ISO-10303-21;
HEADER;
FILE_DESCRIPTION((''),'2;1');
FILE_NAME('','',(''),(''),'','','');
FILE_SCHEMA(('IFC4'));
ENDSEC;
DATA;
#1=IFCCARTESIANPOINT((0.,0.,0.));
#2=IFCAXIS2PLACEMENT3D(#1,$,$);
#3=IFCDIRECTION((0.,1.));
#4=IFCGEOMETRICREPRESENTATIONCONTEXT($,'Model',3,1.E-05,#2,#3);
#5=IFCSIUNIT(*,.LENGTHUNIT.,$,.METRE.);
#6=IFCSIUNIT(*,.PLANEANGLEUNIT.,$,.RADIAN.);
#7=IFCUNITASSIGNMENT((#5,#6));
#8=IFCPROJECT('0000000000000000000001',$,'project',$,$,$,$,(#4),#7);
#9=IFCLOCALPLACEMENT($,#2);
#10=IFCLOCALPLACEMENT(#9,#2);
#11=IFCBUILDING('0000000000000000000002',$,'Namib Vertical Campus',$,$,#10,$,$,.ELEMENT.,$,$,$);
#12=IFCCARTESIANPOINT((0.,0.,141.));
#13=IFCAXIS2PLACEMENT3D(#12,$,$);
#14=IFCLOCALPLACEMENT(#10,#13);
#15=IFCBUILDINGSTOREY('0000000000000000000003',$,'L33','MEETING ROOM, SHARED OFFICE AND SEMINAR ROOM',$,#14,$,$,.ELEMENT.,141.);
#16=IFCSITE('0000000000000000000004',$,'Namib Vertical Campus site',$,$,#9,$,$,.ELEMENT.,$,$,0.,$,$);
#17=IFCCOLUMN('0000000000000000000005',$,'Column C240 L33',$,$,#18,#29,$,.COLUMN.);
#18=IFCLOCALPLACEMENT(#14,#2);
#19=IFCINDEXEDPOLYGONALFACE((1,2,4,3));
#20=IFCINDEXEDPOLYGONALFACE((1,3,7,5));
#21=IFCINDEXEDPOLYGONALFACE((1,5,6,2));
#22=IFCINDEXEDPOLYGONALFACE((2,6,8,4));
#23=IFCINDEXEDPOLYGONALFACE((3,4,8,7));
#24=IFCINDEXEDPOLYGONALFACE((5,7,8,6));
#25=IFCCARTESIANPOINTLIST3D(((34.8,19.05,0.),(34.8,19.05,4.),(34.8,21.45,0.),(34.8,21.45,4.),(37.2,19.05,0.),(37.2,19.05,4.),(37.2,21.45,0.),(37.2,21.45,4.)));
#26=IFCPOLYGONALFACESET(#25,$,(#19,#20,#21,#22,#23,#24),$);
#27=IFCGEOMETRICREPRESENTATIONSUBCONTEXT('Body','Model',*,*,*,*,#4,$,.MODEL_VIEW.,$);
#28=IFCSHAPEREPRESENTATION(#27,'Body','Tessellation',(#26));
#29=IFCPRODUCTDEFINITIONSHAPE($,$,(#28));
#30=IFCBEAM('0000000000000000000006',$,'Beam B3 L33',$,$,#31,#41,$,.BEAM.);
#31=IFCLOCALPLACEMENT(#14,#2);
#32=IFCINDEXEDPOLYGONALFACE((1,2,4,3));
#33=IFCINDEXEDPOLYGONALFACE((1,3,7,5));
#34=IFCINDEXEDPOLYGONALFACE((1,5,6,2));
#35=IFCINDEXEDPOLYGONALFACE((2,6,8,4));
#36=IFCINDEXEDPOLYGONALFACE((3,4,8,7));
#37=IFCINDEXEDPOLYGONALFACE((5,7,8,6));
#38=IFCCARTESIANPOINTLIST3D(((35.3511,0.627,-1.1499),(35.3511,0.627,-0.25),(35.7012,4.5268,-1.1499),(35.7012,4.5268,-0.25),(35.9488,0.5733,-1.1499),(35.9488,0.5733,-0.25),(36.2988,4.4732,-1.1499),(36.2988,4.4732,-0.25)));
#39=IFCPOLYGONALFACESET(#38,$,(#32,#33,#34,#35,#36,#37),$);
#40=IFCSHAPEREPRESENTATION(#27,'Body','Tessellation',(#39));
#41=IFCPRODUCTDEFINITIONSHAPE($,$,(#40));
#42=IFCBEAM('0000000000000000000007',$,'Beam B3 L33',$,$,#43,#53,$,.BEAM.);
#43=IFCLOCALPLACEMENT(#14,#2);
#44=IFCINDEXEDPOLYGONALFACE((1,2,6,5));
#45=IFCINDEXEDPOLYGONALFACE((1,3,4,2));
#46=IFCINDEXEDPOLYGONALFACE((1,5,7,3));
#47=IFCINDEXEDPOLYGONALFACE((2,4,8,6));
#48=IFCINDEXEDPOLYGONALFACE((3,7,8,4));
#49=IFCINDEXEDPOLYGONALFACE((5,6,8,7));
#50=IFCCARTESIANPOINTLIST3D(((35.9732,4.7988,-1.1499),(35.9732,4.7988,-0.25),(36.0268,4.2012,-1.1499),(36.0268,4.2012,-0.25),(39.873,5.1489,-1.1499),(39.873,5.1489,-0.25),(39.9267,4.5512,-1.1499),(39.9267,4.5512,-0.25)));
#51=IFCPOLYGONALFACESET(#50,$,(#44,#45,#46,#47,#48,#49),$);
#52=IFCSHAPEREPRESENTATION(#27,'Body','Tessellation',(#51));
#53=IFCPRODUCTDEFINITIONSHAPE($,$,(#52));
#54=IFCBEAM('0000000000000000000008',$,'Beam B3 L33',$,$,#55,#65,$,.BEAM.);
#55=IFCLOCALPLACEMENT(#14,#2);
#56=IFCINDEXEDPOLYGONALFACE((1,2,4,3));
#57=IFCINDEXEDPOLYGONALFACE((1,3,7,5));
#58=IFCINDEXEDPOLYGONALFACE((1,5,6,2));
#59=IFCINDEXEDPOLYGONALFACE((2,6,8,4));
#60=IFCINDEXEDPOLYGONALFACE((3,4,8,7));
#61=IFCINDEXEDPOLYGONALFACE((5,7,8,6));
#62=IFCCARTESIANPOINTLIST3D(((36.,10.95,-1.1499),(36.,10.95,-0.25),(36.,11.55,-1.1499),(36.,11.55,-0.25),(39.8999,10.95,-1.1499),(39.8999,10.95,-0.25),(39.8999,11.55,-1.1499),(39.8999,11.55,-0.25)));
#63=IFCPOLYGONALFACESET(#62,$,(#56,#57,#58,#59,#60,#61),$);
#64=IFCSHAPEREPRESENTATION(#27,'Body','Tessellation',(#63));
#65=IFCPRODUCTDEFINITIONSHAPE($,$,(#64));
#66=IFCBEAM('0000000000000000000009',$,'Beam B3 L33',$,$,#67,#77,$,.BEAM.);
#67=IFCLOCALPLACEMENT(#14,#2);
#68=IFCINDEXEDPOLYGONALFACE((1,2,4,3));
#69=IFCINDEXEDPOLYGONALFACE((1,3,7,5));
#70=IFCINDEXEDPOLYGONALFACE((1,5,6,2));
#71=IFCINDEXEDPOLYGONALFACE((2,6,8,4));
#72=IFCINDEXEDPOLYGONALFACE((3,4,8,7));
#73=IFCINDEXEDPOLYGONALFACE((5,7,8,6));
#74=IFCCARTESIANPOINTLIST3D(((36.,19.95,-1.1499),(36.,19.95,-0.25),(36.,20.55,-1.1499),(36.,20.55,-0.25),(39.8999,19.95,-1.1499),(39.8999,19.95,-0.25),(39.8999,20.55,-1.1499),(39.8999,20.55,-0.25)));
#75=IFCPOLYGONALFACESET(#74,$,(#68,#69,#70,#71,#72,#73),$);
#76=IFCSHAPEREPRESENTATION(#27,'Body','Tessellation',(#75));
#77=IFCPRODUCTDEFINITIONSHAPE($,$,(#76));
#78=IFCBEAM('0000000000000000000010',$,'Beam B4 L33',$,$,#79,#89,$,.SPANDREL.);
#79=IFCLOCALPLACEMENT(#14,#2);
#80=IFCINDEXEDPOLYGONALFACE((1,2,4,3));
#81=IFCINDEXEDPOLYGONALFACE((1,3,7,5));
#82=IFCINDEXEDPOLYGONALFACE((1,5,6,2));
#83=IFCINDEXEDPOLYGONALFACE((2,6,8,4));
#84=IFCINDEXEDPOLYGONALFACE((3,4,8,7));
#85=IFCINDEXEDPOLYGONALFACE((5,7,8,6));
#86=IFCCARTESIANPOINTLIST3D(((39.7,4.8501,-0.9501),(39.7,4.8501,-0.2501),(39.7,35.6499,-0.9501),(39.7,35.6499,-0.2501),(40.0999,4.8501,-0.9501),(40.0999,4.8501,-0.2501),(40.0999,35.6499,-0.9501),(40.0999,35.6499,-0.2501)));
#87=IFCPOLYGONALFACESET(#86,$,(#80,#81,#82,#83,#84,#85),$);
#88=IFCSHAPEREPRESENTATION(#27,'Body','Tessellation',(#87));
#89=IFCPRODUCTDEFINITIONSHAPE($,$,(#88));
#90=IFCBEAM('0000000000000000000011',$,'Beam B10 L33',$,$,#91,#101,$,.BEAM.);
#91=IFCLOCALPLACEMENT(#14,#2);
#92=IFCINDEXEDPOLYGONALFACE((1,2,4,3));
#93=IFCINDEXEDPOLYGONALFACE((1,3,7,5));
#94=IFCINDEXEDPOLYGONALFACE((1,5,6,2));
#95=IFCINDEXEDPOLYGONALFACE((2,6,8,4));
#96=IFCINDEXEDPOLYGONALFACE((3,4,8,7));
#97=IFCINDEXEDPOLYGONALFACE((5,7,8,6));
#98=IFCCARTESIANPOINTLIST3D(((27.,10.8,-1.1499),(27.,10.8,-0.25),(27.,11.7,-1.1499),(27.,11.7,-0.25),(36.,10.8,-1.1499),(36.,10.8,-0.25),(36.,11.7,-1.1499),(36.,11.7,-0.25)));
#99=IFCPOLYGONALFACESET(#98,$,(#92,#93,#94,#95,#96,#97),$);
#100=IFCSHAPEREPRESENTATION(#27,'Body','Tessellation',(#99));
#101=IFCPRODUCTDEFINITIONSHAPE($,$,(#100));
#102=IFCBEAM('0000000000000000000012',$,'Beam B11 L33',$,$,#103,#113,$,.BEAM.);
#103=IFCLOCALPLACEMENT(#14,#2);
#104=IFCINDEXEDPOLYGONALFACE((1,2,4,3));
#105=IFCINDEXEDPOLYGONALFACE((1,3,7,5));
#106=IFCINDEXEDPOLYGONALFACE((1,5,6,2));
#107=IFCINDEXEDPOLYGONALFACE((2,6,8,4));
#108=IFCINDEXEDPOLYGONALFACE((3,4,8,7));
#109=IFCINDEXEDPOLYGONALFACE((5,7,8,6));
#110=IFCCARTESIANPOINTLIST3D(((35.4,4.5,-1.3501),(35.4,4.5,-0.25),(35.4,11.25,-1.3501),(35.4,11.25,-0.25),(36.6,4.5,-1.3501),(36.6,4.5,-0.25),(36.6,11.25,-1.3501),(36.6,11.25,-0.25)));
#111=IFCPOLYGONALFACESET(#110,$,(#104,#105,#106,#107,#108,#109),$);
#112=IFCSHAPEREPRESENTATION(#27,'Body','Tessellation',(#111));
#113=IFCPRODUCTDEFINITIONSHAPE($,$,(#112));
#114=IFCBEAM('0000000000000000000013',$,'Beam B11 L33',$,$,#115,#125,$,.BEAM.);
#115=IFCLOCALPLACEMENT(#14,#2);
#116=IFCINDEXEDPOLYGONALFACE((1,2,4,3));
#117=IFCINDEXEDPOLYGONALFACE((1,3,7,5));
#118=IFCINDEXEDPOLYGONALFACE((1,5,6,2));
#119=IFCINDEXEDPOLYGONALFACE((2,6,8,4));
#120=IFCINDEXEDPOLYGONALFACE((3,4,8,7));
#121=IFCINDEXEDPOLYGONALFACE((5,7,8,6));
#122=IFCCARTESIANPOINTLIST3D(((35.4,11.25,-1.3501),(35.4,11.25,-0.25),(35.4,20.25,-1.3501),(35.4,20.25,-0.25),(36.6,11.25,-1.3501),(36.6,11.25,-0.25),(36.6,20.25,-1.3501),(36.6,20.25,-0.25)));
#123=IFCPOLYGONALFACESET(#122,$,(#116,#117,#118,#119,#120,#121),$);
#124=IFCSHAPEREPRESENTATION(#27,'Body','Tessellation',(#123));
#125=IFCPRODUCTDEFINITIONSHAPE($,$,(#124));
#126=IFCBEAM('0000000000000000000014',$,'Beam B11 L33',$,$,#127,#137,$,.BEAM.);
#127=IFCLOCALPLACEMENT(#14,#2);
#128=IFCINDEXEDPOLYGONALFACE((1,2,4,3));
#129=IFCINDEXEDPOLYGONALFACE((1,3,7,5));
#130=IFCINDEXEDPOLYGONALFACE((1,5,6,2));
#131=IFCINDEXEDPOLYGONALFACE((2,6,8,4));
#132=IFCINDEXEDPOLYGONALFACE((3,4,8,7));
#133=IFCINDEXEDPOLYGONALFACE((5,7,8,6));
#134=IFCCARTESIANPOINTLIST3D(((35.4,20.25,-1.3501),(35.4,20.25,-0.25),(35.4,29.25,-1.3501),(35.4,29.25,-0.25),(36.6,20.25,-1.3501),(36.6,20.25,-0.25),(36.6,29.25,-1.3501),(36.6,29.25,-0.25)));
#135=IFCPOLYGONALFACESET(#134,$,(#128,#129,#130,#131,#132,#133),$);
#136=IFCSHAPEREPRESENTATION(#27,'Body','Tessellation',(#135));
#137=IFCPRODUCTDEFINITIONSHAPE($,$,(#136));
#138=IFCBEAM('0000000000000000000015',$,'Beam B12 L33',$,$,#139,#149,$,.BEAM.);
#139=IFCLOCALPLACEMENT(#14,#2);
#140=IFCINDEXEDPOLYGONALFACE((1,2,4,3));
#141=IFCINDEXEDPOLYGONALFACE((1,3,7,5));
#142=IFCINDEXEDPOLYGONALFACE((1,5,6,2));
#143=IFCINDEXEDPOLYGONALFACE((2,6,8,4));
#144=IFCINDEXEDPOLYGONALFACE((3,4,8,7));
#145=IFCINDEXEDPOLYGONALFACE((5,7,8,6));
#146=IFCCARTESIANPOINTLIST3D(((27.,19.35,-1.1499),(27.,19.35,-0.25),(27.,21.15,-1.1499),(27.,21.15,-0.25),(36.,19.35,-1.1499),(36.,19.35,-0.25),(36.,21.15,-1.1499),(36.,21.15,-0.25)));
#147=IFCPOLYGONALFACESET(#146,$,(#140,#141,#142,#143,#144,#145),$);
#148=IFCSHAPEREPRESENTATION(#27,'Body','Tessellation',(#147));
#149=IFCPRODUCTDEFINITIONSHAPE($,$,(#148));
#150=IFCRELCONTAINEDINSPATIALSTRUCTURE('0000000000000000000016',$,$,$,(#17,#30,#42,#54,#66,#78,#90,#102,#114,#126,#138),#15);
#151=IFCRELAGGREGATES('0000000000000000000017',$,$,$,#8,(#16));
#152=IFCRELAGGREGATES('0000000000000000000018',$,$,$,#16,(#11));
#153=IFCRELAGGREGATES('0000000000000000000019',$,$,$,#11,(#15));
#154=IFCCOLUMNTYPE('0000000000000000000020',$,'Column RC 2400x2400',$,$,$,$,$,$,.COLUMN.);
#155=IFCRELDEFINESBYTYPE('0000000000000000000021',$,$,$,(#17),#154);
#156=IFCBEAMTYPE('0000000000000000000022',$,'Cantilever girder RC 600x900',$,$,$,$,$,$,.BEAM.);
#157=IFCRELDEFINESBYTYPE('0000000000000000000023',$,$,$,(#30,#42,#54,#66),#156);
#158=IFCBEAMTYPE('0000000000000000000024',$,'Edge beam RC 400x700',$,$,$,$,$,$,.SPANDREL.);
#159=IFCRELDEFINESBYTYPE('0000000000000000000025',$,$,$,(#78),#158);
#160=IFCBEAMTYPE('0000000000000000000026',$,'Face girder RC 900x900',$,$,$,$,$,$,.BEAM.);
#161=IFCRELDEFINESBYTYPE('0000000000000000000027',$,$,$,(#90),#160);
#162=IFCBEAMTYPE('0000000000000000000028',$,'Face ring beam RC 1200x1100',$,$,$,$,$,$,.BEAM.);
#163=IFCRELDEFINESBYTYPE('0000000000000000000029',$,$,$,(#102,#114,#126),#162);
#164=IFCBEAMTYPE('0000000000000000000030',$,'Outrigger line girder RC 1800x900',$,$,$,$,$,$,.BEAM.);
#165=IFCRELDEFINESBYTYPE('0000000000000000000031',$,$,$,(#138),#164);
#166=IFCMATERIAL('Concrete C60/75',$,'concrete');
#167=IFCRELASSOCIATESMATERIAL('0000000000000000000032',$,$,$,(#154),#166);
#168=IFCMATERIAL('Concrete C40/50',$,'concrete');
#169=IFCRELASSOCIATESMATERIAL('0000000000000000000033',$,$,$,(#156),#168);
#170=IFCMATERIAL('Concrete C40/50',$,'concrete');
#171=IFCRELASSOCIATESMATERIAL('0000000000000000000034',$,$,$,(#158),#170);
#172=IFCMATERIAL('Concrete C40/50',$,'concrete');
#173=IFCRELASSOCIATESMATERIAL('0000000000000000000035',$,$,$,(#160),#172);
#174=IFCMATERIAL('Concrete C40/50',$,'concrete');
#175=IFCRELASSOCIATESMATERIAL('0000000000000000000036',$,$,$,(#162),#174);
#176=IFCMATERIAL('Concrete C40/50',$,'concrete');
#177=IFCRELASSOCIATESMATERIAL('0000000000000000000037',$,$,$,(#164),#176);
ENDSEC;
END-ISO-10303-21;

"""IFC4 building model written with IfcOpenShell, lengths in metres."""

from ifc_helpers import new_model, si_unit, direction, frame, origin, origin_2d, place, context, subcontext, project, spatial, rectangle, extrude, material, material_profile, profile_set, type_object, element, save


model = new_model("IFC4")

# Units and contexts
model_context = context("Model", 3, precision=1e-05, world=origin(), true_north=direction((0.0, 1.0)))
body_context = subcontext(model_context, "Body", "Model", "MODEL_VIEW")
ifc_project = project(units=[si_unit("LENGTHUNIT", "METRE"), si_unit("PLANEANGLEUNIT", "RADIAN")], contexts=[model_context])

# Site, building, storey
site_placement = place(None, origin())
site = spatial("IfcSite", under=ifc_project, at=site_placement, Name="Namib Vertical Campus site", CompositionType="ELEMENT", RefElevation=0.0)
building_placement = place(site_placement, origin())
building = spatial("IfcBuilding", under=site, at=building_placement, Name="Namib Vertical Campus", CompositionType="ELEMENT")
storey_placement = place(building_placement, frame((0.0, 0.0, 141.0)))
storey = spatial("IfcBuildingStorey", under=building, at=storey_placement, Name="L33", Description="MEETING ROOM, SHARED OFFICE AND SEMINAR ROOM", CompositionType="ELEMENT", Elevation=141.0)

# Column
ifc_material_1 = material(Name="Concrete C60/75", Category="concrete")
ifc_material_profile_1 = material_profile(ifc_material_1, rectangle(XDim=2.3999, YDim=2.3999, at=origin_2d()))
ifc_profile_set_1 = profile_set([ifc_material_profile_1], Name="Concrete C60/75")
column_type = type_object("IfcColumnType", Name="Column RC 2400x2400", PredefinedType="COLUMN", material=ifc_profile_set_1)
column_placement = place(storey_placement, frame((36.0, 20.25, 0.0), z_axis=(0.0, 0.0, 1.0), x_axis=(1.0, 0.0, 0.0)))
element("IfcColumn", 1, at=column_placement, inside=storey, type_object=column_type, Name="Column C240 L33", PredefinedType="COLUMN", context=body_context, shape_type="SweptSolid", body=[
    extrude(rectangle(XDim=2.3999, YDim=2.3999, at=origin_2d()), origin(), (0.0, 0.0, 1.0), 4.0),
])

# Beams
ifc_material_2 = material(Name="Concrete C40/50", Category="concrete")
ifc_material_profile_2 = material_profile(ifc_material_2, rectangle(XDim=0.6001, YDim=0.8999, at=origin_2d()))
ifc_profile_set_2 = profile_set([ifc_material_profile_2], Name="Concrete C40/50")
beam_type_1 = type_object("IfcBeamType", Name="Cantilever girder RC 600x900", PredefinedType="BEAM", material=ifc_profile_set_2)
for number, where, z_axis, x_axis, name in (
    (2, (36.0, 4.5, -0.7), (-0.089411, -0.995995, 0.0), (0.995995, -0.089411, 0.0), "Beam B3 L33"),
    (3, (36.0, 4.5, -0.7), (0.995995, 0.089411, 0.0), (-0.089411, 0.995995, 0.0), "Beam B3 L33"),
):
    element("IfcBeam", number, at=place(storey_placement, frame(where, z_axis=z_axis, x_axis=x_axis)), inside=storey, type_object=beam_type_1, Name=name, PredefinedType="BEAM", context=body_context, shape_type="SweptSolid", body=[
        extrude(rectangle(XDim=0.6001, YDim=0.8999, at=origin_2d()), origin(), (0.0, 0.0, 1.0), 3.9155),
    ])
for number, where, z_axis, x_axis, name in (
    (4, (36.0, 11.25, -0.7), (1.0, 0.0, 0.0), (0.0, 1.0, 0.0), "Beam B3 L33"),
    (5, (36.0, 20.25, -0.7), (1.0, 0.0, 0.0), (0.0, 1.0, 0.0), "Beam B3 L33"),
):
    element("IfcBeam", number, at=place(storey_placement, frame(where, z_axis=z_axis, x_axis=x_axis)), inside=storey, type_object=beam_type_1, Name=name, PredefinedType="BEAM", context=body_context, shape_type="SweptSolid", body=[
        extrude(rectangle(XDim=0.6001, YDim=0.8999, at=origin_2d()), origin(), (0.0, 0.0, 1.0), 3.8999),
    ])
ifc_material_3 = material(Name="Concrete C40/50", Category="concrete")
ifc_material_profile_3 = material_profile(ifc_material_3, rectangle(XDim=0.3999, YDim=0.7, at=origin_2d()))
ifc_profile_set_3 = profile_set([ifc_material_profile_3], Name="Concrete C40/50")
beam_type_2 = type_object("IfcBeamType", Name="Edge beam RC 400x700", PredefinedType="SPANDREL", material=ifc_profile_set_3)
beam_1_placement = place(storey_placement, frame((39.8999, 4.8501, -0.6001), z_axis=(0.0, 1.0, 0.0), x_axis=(-1.0, 0.0, 0.0)))
element("IfcBeam", 6, at=beam_1_placement, inside=storey, type_object=beam_type_2, Name="Beam B4 L33", PredefinedType="SPANDREL", context=body_context, shape_type="SweptSolid", body=[
    extrude(rectangle(XDim=0.3999, YDim=0.7, at=origin_2d()), origin(), (0.0, 0.0, 1.0), 30.7998),
])
ifc_material_4 = material(Name="Concrete C40/50", Category="concrete")
ifc_material_profile_4 = material_profile(ifc_material_4, rectangle(XDim=0.8999, YDim=0.8999, at=origin_2d()))
ifc_profile_set_4 = profile_set([ifc_material_profile_4], Name="Concrete C40/50")
beam_type_3 = type_object("IfcBeamType", Name="Face girder RC 900x900", PredefinedType="BEAM", material=ifc_profile_set_4)
beam_2_placement = place(storey_placement, frame((36.0, 11.25, -0.7), z_axis=(-1.0, 0.0, 0.0), x_axis=(0.0, -1.0, 0.0)))
element("IfcBeam", 7, at=beam_2_placement, inside=storey, type_object=beam_type_3, Name="Beam B10 L33", PredefinedType="BEAM", context=body_context, shape_type="SweptSolid", body=[
    extrude(rectangle(XDim=0.8999, YDim=0.8999, at=origin_2d()), origin(), (0.0, 0.0, 1.0), 9.0),
])
ifc_material_5 = material(Name="Concrete C40/50", Category="concrete")
ifc_material_profile_5 = material_profile(ifc_material_5, rectangle(XDim=1.2, YDim=1.1001, at=origin_2d()))
ifc_profile_set_5 = profile_set([ifc_material_profile_5], Name="Concrete C40/50")
beam_type_4 = type_object("IfcBeamType", Name="Face ring beam RC 1200x1100", PredefinedType="BEAM", material=ifc_profile_set_5)
beam_3_placement = place(storey_placement, frame((36.0, 4.5, -0.8), z_axis=(0.0, 1.0, 0.0), x_axis=(-1.0, 0.0, 0.0)))
element("IfcBeam", 8, at=beam_3_placement, inside=storey, type_object=beam_type_4, Name="Beam B11 L33", PredefinedType="BEAM", context=body_context, shape_type="SweptSolid", body=[
    extrude(rectangle(XDim=1.2, YDim=1.1001, at=origin_2d()), origin(), (0.0, 0.0, 1.0), 6.75),
])
for number, where, z_axis, x_axis, name in (
    (9, (36.0, 11.25, -0.8), (0.0, 1.0, 0.0), (-1.0, 0.0, 0.0), "Beam B11 L33"),
    (10, (36.0, 20.25, -0.8), (0.0, 1.0, 0.0), (-1.0, 0.0, 0.0), "Beam B11 L33"),
):
    element("IfcBeam", number, at=place(storey_placement, frame(where, z_axis=z_axis, x_axis=x_axis)), inside=storey, type_object=beam_type_4, Name=name, PredefinedType="BEAM", context=body_context, shape_type="SweptSolid", body=[
        extrude(rectangle(XDim=1.2, YDim=1.1001, at=origin_2d()), origin(), (0.0, 0.0, 1.0), 9.0),
    ])
ifc_material_6 = material(Name="Concrete C40/50", Category="concrete")
ifc_material_profile_6 = material_profile(ifc_material_6, rectangle(XDim=1.8, YDim=0.8999, at=origin_2d()))
ifc_profile_set_6 = profile_set([ifc_material_profile_6], Name="Concrete C40/50")
beam_type_5 = type_object("IfcBeamType", Name="Outrigger line girder RC 1800x900", PredefinedType="BEAM", material=ifc_profile_set_6)
beam_4_placement = place(storey_placement, frame((36.0, 20.25, -0.7), z_axis=(-1.0, 0.0, 0.0), x_axis=(0.0, -1.0, 0.0)))
element("IfcBeam", 11, at=beam_4_placement, inside=storey, type_object=beam_type_5, Name="Beam B12 L33", PredefinedType="BEAM", context=body_context, shape_type="SweptSolid", body=[
    extrude(rectangle(XDim=1.8, YDim=0.8999, at=origin_2d()), origin(), (0.0, 0.0, 1.0), 9.0),
])

save(model, "model.ifc")
